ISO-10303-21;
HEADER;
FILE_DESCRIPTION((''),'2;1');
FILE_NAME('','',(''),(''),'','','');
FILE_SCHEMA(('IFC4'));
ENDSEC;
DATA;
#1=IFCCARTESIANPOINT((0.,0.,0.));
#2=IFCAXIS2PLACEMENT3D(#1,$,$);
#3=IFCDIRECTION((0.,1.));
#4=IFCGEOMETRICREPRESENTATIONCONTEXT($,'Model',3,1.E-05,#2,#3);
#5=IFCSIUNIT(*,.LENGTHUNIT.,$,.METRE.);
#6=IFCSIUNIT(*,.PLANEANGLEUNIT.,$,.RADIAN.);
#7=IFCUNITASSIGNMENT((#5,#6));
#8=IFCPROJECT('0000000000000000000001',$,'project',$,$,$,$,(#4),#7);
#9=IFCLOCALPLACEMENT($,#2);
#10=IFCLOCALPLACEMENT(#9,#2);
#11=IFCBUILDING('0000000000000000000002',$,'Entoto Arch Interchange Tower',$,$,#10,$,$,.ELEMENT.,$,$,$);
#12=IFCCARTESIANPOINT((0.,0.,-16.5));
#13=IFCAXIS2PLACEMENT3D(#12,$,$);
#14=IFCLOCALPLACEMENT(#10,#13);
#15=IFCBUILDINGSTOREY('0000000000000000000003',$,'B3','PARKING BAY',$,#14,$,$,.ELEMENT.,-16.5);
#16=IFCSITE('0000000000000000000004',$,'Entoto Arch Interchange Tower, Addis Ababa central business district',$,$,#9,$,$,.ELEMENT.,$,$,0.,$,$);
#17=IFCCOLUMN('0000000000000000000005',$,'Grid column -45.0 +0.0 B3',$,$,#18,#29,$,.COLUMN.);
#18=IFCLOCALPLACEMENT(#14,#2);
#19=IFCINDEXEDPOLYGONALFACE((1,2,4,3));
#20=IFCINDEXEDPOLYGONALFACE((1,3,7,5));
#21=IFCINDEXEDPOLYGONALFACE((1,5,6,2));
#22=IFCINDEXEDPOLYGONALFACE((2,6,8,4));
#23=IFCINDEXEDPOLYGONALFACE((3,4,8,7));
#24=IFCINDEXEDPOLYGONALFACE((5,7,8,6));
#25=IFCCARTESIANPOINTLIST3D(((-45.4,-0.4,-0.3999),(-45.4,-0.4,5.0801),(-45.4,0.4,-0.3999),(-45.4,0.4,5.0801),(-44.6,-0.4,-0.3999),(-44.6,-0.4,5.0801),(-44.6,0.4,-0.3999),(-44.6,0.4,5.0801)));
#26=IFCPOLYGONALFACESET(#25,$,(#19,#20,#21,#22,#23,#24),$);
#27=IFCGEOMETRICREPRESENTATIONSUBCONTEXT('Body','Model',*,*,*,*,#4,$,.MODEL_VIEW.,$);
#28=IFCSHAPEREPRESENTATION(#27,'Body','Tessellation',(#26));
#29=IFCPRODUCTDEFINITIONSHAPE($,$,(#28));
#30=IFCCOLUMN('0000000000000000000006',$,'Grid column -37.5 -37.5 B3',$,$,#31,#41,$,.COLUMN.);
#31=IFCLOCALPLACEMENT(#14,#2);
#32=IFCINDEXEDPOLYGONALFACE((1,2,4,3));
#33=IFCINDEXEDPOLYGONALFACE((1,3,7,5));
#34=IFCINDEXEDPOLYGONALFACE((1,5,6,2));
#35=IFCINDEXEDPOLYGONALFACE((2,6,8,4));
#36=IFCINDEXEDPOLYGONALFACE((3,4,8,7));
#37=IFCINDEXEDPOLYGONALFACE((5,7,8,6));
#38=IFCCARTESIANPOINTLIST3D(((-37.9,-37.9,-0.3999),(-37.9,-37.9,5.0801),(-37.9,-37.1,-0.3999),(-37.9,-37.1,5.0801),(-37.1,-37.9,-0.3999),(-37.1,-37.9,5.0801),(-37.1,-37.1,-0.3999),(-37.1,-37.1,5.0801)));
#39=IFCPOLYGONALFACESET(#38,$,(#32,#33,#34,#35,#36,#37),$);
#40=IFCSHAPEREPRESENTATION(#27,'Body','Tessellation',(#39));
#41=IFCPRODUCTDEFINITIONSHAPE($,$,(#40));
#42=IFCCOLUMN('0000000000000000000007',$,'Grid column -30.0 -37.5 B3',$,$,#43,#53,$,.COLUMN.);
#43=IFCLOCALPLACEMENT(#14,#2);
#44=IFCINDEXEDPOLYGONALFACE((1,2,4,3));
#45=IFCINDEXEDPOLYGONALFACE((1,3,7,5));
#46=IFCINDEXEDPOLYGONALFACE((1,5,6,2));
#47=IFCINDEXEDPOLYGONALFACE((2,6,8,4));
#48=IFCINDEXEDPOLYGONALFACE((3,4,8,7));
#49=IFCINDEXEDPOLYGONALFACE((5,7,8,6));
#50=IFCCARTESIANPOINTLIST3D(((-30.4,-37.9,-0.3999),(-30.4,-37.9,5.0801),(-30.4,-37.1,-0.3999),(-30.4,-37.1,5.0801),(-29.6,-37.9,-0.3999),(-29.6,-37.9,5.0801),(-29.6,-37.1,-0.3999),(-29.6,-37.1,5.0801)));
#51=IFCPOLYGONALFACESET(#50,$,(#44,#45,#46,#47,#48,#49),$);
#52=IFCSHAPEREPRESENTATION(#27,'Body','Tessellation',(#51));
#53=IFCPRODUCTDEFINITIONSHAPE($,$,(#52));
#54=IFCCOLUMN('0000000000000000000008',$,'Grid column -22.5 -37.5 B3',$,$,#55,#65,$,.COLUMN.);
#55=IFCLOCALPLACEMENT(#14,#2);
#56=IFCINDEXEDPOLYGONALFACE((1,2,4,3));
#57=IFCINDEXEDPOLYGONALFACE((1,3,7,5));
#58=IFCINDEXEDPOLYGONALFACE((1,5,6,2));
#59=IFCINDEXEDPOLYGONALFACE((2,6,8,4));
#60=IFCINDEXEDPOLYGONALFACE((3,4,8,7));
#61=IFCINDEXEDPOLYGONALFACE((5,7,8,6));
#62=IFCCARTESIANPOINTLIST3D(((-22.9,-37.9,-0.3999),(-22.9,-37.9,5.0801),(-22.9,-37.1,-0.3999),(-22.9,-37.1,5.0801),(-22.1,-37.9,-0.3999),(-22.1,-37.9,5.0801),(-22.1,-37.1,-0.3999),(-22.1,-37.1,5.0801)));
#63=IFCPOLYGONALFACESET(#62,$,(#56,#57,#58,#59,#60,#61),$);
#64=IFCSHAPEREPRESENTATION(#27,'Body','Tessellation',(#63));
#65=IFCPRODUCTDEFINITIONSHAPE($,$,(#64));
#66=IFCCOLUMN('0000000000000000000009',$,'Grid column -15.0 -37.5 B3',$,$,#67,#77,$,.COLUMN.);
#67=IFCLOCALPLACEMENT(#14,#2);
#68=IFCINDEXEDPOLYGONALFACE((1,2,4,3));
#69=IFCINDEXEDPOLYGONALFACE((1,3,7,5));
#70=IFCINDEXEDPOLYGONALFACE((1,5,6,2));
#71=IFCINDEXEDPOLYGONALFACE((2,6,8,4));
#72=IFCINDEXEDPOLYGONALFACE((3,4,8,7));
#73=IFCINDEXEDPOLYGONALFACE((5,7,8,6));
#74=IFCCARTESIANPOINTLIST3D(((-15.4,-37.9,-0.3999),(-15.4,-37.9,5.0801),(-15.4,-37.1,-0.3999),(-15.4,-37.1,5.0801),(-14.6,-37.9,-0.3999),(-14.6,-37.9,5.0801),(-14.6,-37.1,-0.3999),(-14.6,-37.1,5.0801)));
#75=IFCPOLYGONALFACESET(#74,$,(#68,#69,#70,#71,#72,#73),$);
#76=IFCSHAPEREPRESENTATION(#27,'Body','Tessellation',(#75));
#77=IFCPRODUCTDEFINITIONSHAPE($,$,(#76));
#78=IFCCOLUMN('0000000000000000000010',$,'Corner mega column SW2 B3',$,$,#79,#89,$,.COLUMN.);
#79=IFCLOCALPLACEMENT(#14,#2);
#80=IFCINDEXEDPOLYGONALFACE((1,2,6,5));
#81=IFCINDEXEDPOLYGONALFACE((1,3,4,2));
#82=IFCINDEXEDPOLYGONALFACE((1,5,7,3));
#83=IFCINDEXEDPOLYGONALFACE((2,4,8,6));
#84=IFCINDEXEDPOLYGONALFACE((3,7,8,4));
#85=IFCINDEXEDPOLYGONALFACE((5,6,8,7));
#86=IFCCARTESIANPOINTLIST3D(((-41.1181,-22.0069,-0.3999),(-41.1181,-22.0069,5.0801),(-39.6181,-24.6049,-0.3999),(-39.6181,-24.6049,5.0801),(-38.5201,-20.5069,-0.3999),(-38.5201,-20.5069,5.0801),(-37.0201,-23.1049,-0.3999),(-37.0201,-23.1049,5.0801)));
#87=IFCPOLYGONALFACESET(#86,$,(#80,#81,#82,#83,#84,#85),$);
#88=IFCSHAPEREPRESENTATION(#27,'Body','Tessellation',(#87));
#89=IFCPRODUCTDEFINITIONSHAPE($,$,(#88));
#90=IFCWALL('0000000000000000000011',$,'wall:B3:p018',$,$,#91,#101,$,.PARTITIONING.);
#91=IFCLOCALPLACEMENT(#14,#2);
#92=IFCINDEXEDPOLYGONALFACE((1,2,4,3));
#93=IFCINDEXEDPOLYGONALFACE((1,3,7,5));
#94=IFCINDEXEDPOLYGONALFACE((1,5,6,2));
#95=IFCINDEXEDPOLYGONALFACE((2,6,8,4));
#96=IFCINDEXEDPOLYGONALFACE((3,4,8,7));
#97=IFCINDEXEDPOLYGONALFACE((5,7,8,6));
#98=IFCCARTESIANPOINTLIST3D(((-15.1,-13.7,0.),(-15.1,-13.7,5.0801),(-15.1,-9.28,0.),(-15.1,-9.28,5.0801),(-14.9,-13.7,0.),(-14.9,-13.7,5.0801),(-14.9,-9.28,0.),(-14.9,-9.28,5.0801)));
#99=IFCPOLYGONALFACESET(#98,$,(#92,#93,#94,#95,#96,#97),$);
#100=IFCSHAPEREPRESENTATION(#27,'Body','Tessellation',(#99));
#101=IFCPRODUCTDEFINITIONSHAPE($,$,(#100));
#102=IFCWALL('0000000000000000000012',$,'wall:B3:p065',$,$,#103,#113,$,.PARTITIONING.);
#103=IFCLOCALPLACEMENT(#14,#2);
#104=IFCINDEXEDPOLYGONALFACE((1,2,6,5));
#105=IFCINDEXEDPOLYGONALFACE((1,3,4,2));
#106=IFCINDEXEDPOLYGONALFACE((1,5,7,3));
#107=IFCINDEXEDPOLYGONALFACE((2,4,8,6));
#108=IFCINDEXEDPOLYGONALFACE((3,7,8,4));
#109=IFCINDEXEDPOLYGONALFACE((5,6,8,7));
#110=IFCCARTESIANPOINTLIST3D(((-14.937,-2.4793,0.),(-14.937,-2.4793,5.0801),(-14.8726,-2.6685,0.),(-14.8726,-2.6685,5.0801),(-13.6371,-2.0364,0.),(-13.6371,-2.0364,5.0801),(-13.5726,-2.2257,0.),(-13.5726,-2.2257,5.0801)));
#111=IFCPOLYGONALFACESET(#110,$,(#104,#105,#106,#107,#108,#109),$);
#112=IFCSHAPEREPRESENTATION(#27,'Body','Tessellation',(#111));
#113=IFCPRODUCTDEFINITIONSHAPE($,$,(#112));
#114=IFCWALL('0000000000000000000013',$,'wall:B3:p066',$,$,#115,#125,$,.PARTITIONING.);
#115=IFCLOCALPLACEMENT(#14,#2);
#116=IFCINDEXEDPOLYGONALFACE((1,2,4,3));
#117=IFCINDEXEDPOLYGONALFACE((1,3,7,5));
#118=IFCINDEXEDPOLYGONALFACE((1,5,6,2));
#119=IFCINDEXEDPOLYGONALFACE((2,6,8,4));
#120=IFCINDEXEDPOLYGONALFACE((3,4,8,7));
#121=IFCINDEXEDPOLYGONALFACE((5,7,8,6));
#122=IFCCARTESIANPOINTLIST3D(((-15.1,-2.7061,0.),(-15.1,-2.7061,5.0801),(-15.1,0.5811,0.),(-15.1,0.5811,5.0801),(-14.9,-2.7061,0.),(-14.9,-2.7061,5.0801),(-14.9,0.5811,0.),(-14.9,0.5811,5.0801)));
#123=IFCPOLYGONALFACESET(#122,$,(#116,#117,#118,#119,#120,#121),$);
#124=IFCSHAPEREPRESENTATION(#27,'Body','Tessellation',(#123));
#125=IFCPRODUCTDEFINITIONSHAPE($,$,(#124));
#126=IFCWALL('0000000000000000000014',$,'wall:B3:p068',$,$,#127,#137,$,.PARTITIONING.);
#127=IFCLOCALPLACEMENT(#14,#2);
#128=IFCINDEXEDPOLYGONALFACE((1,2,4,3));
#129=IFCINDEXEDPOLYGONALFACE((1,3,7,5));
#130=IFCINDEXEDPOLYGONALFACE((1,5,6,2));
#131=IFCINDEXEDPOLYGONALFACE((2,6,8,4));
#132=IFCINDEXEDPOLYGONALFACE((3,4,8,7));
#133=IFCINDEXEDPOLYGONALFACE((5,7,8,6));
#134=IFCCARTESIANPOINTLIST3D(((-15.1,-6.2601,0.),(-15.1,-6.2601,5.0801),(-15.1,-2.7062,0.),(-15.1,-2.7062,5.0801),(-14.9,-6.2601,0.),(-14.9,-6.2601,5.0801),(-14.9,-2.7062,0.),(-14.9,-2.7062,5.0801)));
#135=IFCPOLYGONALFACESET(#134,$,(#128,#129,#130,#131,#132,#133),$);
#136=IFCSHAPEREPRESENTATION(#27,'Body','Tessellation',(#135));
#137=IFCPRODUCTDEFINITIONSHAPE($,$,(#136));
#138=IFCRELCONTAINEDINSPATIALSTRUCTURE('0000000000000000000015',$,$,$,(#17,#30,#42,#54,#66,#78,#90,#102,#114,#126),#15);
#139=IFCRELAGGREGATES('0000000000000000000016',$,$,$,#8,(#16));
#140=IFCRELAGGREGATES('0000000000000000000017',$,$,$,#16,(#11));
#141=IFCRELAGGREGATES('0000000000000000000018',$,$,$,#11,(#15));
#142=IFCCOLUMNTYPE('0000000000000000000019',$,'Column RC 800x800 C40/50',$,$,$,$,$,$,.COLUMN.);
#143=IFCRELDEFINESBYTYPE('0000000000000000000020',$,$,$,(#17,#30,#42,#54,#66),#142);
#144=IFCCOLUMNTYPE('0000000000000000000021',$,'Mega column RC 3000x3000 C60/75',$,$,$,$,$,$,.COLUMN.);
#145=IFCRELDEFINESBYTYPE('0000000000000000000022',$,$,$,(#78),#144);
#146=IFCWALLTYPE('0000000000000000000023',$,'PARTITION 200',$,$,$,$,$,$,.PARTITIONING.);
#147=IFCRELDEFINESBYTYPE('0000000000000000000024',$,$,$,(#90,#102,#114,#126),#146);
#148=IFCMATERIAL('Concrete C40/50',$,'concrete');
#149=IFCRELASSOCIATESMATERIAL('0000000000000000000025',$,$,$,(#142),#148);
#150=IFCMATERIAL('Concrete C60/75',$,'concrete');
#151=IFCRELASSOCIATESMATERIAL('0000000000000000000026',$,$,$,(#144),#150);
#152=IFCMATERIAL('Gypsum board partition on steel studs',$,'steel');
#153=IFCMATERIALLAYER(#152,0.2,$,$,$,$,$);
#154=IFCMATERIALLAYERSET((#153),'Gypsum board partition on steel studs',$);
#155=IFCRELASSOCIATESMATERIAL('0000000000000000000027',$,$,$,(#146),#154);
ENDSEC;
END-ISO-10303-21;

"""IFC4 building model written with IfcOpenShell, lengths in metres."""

from ifc_helpers import new_model, si_unit, direction, frame, frame_2d, origin, origin_2d, place, context, subcontext, project, spatial, rectangle, extrude, material, layer, layer_set, material_profile, profile_set, type_object, element, save


model = new_model("IFC4")

# Units and contexts
model_context = context("Model", 3, precision=1e-05, world=origin(), true_north=direction((0.0, 1.0)))
body_context = subcontext(model_context, "Body", "Model", "MODEL_VIEW")
ifc_project = project(units=[si_unit("LENGTHUNIT", "METRE"), si_unit("PLANEANGLEUNIT", "RADIAN")], contexts=[model_context])

# Site, building, storey
site_placement = place(None, origin())
site = spatial("IfcSite", under=ifc_project, at=site_placement, Name="Entoto Arch Interchange Tower, Addis Ababa central business district", CompositionType="ELEMENT", RefElevation=0.0)
building_placement = place(site_placement, origin())
building = spatial("IfcBuilding", under=site, at=building_placement, Name="Entoto Arch Interchange Tower", CompositionType="ELEMENT")
storey_placement = place(building_placement, frame((0.0, 0.0, -16.5)))
storey = spatial("IfcBuildingStorey", under=building, at=storey_placement, Name="B3", Description="PARKING BAY", CompositionType="ELEMENT", Elevation=-16.5)

# Columns
ifc_material_1 = material(Name="Concrete C60/75", Category="concrete")
ifc_material_2 = material(Name="Concrete C40/50", Category="concrete")
ifc_material_profile_1 = material_profile(ifc_material_2, rectangle(XDim=0.8, YDim=0.8, at=origin_2d()))
ifc_profile_set_1 = profile_set([ifc_material_profile_1], Name="Concrete C40/50")
column_type_1 = type_object("IfcColumnType", Name="Column RC 800x800 C40/50", PredefinedType="COLUMN", material=ifc_profile_set_1)
for number, where, z_axis, x_axis, name in (
    (1, (-45.0, 0.0, -0.3999), (0.0, 0.0, 1.0), (1.0, 0.0, 0.0), "Grid column -45.0 +0.0 B3"),
    (2, (-37.5, -37.5, -0.3999), (0.0, 0.0, 1.0), (1.0, 0.0, 0.0), "Grid column -37.5 -37.5 B3"),
    (3, (-30.0, -37.5, -0.3999), (0.0, 0.0, 1.0), (1.0, 0.0, 0.0), "Grid column -30.0 -37.5 B3"),
    (4, (-22.5, -37.5, -0.3999), (0.0, 0.0, 1.0), (1.0, 0.0, 0.0), "Grid column -22.5 -37.5 B3"),
    (5, (-15.0, -37.5, -0.3999), (0.0, 0.0, 1.0), (1.0, 0.0, 0.0), "Grid column -15.0 -37.5 B3"),
):
    element("IfcColumn", number, at=place(storey_placement, frame(where, z_axis=z_axis, x_axis=x_axis)), inside=storey, type_object=column_type_1, Name=name, PredefinedType="COLUMN", context=body_context, shape_type="SweptSolid", body=[
        extrude(rectangle(XDim=0.8, YDim=0.8, at=origin_2d()), origin(), (0.0, 0.0, 1.0), 5.48),
    ])
ifc_material_profile_2 = material_profile(ifc_material_1, rectangle(XDim=3.0, YDim=3.0, at=origin_2d()))
ifc_profile_set_2 = profile_set([ifc_material_profile_2], Name="Concrete C60/75")
column_type_2 = type_object("IfcColumnType", Name="Mega column RC 3000x3000 C60/75", PredefinedType="COLUMN", material=ifc_profile_set_2)
column_placement = place(storey_placement, frame((-39.0691, -22.5559, -0.3999), z_axis=(0.0, 0.0, 1.0), x_axis=(0.866025, 0.5, 0.0)))
element("IfcColumn", 6, at=column_placement, inside=storey, type_object=column_type_2, Name="Corner mega column SW2 B3", PredefinedType="COLUMN", context=body_context, shape_type="SweptSolid", body=[
    extrude(rectangle(XDim=3.0, YDim=3.0, at=origin_2d()), origin(), (0.0, 0.0, 1.0), 5.48),
])

# Walls
ifc_material_3 = material(Name="Gypsum board partition on steel studs", Category="steel")
ifc_layer = layer(ifc_material_3, 0.2)
ifc_layer_set = layer_set([ifc_layer], Name="Gypsum board partition on steel studs")
wall_type = type_object("IfcWallType", Name="PARTITION 200", PredefinedType="PARTITIONING", material=ifc_layer_set)
wall_1_placement = place(storey_placement, frame((-15.0, -13.7, 0.0), z_axis=(0.0, 0.0, 1.0), x_axis=(0.0, 1.0, 0.0)))
element("IfcWall", 7, at=wall_1_placement, inside=storey, type_object=wall_type, Name="wall:B3:p018", PredefinedType="PARTITIONING", context=body_context, shape_type="SweptSolid", body=[
    extrude(rectangle(XDim=4.4199, YDim=0.2, at=frame_2d((2.21, 0.0))), origin(), (0.0, 0.0, 1.0), 5.0801),
])
wall_2_placement = place(storey_placement, frame((-13.605, -2.1311, 0.0), z_axis=(0.0, 0.0, 1.0), x_axis=(-0.946583, -0.32246, 0.0)))
element("IfcWall", 8, at=wall_2_placement, inside=storey, type_object=wall_type, Name="wall:B3:p065", PredefinedType="PARTITIONING", context=body_context, shape_type="SweptSolid", body=[
    extrude(rectangle(XDim=1.3733, YDim=0.2, at=frame_2d((0.6865, 0.0))), origin(), (0.0, 0.0, 1.0), 5.0801),
])
wall_3_placement = place(storey_placement, frame((-15.0, -2.7061, 0.0), z_axis=(0.0, 0.0, 1.0), x_axis=(0.0, 1.0, 0.0)))
element("IfcWall", 9, at=wall_3_placement, inside=storey, type_object=wall_type, Name="wall:B3:p066", PredefinedType="PARTITIONING", context=body_context, shape_type="SweptSolid", body=[
    extrude(rectangle(XDim=3.2871, YDim=0.2, at=frame_2d((1.6436, 0.0))), origin(), (0.0, 0.0, 1.0), 5.0801),
])
wall_4_placement = place(storey_placement, frame((-15.0, -6.26, 0.0), z_axis=(0.0, 0.0, 1.0), x_axis=(0.0, 1.0, 0.0)))
element("IfcWall", 10, at=wall_4_placement, inside=storey, type_object=wall_type, Name="wall:B3:p068", PredefinedType="PARTITIONING", context=body_context, shape_type="SweptSolid", body=[
    extrude(rectangle(XDim=3.554, YDim=0.2, at=frame_2d((1.7769, 0.0))), origin(), (0.0, 0.0, 1.0), 5.0801),
])

save(model, "model.ifc")
